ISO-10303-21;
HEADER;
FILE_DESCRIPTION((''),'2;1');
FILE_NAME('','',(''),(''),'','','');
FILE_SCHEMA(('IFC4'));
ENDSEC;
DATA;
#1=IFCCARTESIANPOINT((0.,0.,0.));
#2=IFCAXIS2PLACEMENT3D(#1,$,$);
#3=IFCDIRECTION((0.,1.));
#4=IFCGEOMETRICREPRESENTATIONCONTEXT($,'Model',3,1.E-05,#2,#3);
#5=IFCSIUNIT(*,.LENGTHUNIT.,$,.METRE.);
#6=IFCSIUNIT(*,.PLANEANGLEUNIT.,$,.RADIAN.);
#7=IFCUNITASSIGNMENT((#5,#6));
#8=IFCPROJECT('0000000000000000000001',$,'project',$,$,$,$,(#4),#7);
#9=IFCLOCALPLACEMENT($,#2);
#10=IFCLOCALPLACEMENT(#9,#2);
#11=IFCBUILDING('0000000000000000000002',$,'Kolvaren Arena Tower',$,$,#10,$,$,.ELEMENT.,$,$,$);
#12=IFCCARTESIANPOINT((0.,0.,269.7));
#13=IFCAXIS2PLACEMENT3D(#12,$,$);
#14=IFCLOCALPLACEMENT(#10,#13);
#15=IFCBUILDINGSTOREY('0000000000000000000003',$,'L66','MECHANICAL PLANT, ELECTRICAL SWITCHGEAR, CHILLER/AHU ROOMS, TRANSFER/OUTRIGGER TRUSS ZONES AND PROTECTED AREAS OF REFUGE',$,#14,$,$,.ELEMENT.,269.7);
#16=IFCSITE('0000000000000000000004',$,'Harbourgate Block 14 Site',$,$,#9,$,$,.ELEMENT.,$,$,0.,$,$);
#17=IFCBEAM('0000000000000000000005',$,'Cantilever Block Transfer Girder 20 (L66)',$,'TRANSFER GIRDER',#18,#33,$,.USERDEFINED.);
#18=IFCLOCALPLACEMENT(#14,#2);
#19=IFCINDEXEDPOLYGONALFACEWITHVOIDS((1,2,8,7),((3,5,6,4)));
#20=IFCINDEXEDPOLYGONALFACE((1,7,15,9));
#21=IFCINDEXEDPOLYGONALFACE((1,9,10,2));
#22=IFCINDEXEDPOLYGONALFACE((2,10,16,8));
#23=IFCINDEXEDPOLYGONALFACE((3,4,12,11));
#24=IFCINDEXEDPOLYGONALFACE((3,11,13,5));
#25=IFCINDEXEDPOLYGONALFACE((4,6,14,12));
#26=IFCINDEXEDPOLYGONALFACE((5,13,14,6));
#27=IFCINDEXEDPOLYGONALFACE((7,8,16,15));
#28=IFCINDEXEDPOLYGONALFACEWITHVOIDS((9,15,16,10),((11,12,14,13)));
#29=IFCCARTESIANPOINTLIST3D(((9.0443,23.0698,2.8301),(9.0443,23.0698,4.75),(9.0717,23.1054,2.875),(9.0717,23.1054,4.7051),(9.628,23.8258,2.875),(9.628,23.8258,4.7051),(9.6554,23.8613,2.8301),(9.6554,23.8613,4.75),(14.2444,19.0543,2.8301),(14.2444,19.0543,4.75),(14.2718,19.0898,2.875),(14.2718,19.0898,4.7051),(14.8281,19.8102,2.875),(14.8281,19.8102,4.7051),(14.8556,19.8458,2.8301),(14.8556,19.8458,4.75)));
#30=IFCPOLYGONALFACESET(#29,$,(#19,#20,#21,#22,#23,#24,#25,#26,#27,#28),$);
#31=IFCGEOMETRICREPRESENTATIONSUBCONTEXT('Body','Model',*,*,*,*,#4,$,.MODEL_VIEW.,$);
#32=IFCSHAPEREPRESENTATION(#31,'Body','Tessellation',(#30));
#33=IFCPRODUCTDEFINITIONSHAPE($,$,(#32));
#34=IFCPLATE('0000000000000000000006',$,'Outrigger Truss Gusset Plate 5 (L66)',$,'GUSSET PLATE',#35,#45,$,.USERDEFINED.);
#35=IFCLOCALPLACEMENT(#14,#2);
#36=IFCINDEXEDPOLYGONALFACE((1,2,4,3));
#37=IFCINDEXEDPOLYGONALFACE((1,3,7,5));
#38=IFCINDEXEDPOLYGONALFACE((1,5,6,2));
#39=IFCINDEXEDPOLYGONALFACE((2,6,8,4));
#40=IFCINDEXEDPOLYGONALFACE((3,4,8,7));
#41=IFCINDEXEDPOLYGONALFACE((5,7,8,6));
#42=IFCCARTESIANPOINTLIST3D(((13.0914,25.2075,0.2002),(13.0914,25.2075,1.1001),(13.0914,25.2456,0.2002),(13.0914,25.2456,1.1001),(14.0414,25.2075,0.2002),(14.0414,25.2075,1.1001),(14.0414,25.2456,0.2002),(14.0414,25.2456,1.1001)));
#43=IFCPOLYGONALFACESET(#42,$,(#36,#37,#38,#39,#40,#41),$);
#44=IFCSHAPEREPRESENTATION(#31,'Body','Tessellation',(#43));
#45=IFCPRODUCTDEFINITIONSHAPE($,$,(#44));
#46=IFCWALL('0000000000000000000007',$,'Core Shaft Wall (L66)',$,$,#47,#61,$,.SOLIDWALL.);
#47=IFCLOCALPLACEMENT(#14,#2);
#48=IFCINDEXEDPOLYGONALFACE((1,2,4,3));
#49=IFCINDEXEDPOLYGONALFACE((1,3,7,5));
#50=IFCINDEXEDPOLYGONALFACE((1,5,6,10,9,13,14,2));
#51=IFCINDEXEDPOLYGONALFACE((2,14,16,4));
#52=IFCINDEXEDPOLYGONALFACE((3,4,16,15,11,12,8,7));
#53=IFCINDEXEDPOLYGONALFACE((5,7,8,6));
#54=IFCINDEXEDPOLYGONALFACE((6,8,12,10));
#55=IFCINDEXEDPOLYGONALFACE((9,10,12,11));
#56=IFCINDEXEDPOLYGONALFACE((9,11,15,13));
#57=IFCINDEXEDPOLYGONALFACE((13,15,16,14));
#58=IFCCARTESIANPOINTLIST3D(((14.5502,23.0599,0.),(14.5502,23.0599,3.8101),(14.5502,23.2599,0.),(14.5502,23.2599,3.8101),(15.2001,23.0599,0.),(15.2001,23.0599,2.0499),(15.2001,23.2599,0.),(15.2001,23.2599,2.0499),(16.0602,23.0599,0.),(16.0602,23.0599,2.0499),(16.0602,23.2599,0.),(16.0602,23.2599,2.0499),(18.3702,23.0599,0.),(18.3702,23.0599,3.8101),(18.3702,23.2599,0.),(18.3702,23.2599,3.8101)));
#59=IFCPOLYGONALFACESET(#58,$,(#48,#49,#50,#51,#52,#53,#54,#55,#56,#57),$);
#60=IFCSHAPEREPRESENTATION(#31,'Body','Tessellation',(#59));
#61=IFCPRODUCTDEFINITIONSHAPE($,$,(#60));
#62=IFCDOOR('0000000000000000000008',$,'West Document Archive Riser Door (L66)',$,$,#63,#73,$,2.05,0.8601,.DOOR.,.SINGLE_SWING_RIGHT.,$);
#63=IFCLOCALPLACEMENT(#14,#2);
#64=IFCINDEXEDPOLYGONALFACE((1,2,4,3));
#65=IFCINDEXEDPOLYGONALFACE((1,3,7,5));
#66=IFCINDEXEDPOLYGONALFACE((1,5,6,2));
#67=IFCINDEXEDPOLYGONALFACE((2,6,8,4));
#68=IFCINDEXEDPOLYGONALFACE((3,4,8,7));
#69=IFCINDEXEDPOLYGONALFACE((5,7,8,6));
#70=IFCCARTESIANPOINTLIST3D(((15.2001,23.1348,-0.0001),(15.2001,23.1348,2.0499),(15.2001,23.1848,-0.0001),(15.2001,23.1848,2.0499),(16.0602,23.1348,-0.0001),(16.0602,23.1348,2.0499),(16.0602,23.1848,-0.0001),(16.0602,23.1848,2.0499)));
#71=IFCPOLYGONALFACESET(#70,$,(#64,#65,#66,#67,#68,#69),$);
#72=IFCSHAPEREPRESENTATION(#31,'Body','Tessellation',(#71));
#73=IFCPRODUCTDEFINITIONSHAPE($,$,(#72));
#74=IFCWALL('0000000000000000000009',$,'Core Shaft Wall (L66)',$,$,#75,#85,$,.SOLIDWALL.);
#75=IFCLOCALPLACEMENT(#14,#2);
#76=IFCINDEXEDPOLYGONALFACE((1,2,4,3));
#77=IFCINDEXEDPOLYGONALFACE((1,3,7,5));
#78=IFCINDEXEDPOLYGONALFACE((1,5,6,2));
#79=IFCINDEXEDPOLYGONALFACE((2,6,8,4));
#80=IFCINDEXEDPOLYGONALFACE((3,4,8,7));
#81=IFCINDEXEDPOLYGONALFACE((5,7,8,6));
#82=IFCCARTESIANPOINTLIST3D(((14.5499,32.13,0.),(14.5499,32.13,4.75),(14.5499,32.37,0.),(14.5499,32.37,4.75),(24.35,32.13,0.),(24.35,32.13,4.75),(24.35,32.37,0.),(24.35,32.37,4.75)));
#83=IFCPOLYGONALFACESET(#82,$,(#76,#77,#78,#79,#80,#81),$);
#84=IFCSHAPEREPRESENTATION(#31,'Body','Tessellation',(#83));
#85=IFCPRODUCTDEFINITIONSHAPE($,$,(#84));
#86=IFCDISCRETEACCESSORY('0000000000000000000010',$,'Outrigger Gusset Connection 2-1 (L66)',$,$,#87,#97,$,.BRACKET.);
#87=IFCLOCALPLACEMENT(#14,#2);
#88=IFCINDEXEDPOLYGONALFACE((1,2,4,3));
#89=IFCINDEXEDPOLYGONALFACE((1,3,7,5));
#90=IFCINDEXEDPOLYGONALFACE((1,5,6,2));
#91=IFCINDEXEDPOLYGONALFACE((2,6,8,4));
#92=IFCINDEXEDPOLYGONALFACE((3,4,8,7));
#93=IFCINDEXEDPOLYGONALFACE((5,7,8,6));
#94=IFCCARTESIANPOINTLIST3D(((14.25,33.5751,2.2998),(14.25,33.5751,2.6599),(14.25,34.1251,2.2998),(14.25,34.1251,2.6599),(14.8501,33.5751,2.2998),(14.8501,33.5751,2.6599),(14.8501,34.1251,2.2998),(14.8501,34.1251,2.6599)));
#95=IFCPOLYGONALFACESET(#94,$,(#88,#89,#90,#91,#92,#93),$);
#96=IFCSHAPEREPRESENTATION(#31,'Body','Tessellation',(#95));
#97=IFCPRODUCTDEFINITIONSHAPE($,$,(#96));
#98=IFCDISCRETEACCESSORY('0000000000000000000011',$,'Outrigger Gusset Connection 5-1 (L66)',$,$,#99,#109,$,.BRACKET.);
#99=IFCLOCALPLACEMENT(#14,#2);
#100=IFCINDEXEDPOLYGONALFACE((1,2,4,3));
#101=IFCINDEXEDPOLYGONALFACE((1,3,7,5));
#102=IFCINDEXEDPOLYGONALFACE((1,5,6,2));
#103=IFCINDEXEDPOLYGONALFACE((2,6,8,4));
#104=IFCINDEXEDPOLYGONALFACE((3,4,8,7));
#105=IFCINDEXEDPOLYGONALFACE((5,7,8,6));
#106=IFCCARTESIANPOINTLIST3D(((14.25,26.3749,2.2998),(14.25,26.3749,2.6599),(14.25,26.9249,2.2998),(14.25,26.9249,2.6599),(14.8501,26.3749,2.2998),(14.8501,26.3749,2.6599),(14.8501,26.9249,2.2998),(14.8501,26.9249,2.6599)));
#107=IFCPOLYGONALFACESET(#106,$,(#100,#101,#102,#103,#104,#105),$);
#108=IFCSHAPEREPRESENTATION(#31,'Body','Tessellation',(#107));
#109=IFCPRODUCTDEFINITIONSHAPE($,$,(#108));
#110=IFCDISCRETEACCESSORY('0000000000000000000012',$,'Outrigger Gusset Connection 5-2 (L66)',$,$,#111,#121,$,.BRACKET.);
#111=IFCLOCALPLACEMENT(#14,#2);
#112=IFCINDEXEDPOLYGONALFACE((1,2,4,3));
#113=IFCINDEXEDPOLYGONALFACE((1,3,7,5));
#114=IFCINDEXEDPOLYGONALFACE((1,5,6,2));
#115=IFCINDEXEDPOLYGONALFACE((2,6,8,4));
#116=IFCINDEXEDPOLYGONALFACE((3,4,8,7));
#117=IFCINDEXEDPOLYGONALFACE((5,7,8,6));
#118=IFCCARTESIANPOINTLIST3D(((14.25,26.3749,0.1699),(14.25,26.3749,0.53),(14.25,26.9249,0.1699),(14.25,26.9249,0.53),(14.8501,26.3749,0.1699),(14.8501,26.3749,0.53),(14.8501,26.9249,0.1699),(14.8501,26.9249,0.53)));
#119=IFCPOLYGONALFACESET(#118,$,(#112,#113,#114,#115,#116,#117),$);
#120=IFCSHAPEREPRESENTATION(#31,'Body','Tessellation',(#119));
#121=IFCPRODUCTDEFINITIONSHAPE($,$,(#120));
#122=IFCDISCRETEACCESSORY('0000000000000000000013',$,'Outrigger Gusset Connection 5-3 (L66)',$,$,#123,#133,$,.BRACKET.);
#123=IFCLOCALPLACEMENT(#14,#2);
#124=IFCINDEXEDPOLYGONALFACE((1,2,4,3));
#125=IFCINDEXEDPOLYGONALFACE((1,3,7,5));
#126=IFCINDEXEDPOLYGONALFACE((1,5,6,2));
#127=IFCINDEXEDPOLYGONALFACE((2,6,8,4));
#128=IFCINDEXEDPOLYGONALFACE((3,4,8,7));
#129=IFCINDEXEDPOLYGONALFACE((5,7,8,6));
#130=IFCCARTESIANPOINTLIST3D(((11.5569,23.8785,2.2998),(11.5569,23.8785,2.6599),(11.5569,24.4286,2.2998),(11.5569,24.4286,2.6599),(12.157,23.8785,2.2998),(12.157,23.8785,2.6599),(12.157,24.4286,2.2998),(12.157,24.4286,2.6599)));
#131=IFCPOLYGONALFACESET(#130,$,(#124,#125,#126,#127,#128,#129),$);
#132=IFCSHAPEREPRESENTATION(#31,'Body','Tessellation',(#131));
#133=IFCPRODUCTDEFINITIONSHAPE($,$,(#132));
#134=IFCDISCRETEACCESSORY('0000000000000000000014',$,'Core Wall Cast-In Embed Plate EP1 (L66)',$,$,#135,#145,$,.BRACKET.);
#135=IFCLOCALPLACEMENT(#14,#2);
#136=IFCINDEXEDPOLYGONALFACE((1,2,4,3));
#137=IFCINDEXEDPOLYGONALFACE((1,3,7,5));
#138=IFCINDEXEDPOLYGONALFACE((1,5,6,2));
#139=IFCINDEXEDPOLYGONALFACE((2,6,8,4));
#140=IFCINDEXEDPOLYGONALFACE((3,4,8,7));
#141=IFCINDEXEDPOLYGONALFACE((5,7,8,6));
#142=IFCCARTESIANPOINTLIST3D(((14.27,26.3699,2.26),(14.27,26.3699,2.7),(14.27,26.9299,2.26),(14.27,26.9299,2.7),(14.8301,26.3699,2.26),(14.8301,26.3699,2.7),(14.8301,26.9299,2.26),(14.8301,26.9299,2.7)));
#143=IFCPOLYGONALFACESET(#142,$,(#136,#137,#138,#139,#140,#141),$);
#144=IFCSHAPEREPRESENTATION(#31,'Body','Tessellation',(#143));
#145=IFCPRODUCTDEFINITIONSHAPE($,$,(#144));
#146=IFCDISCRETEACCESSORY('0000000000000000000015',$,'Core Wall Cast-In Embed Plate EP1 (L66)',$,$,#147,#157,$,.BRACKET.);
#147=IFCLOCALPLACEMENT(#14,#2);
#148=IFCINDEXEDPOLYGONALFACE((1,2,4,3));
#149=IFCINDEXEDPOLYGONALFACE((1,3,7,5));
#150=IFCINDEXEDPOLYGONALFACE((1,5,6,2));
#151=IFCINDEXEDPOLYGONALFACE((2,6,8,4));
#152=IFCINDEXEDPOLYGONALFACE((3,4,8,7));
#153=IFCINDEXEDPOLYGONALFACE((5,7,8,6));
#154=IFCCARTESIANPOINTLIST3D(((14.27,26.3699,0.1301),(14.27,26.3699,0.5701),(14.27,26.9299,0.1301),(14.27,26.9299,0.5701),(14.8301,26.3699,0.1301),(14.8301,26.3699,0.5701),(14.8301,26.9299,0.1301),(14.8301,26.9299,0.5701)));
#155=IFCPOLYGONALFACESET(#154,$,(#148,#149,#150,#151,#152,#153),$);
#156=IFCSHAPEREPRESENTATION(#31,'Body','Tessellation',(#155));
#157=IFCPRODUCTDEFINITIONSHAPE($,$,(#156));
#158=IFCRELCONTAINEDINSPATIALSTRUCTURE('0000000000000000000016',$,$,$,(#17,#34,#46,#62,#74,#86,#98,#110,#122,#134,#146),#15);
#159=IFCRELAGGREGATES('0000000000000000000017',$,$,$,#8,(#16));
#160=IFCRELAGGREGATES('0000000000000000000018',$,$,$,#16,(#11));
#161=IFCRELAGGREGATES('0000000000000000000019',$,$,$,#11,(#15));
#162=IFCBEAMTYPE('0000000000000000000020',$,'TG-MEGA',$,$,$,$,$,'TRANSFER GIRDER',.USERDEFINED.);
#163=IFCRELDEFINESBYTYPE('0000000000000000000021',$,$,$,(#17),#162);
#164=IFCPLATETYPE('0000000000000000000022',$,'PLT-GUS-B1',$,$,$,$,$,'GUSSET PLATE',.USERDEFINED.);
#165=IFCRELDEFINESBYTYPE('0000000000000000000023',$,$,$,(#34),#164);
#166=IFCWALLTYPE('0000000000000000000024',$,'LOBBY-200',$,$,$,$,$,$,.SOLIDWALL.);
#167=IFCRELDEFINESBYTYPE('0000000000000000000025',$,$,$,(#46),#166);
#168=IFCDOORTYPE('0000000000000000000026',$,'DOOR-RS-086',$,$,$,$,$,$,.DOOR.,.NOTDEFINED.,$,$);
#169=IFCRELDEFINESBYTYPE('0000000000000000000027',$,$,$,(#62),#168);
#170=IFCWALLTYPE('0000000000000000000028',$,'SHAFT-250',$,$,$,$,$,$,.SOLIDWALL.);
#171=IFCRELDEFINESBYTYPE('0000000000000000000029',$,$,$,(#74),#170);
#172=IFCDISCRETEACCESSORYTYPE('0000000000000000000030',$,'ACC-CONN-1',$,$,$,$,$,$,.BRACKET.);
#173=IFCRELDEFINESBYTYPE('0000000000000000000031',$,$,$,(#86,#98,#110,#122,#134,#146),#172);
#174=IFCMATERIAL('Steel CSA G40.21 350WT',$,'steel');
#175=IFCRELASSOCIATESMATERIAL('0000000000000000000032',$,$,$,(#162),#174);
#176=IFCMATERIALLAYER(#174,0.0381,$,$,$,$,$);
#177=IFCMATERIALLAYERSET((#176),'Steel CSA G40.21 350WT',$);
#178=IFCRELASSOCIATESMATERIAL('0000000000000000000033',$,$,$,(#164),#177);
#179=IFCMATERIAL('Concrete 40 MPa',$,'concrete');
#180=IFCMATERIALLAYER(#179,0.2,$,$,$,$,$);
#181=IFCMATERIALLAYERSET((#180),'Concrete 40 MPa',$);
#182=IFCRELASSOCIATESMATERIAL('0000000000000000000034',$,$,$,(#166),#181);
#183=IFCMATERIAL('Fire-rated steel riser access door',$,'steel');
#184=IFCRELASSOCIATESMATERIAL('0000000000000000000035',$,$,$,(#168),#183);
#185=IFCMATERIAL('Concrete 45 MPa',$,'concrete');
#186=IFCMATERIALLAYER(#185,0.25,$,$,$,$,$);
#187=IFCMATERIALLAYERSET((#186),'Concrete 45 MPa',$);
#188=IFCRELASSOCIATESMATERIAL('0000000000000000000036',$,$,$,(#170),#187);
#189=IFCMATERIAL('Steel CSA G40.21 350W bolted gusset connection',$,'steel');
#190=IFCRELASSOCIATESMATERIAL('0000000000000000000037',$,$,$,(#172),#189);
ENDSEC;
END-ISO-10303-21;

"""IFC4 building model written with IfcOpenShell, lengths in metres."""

from ifc_helpers import new_model, si_unit, direction, frame, frame_2d, origin, origin_2d, place, context, subcontext, project, spatial, rectangle, hollow_rectangle, extrude, material, layer, layer_set, material_profile, profile_set, type_object, element, fill, save


model = new_model("IFC4")

# Units and contexts
model_context = context("Model", 3, precision=1e-05, world=origin(), true_north=direction((0.0, 1.0)))
body_context = subcontext(model_context, "Body", "Model", "MODEL_VIEW")
ifc_project = project(units=[si_unit("LENGTHUNIT", "METRE"), si_unit("PLANEANGLEUNIT", "RADIAN")], contexts=[model_context])

# Site, building, storey
site_placement = place(None, origin())
site = spatial("IfcSite", under=ifc_project, at=site_placement, Name="Harbourgate Block 14 Site", CompositionType="ELEMENT", RefElevation=0.0)
building_placement = place(site_placement, origin())
building = spatial("IfcBuilding", under=site, at=building_placement, Name="Kolvaren Arena Tower", CompositionType="ELEMENT")
storey_placement = place(building_placement, frame((0.0, 0.0, 269.7)))
storey = spatial("IfcBuildingStorey", under=building, at=storey_placement, Name="L66", Description="MECHANICAL PLANT, ELECTRICAL SWITCHGEAR, CHILLER/AHU ROOMS, TRANSFER/OUTRIGGER TRUSS ZONES AND PROTECTED AREAS OF REFUGE", CompositionType="ELEMENT", Elevation=269.7)

# Shared definitions
ifc_material_1 = material(Name="Steel CSA G40.21 350WT", Category="steel")

# Beam
ifc_material_profile_1 = material_profile(ifc_material_1, hollow_rectangle(XDim=1.0, YDim=1.9199, WallThickness=0.0449, at=origin_2d()), Name="BOX 1000x1920x45")
ifc_profile_set_1 = profile_set([ifc_material_profile_1], Name="Steel CSA G40.21 350WT")
beam_type_1 = type_object("IfcBeamType", Name="TG-MEGA", ElementType="TRANSFER GIRDER", PredefinedType="USERDEFINED", material=ifc_profile_set_1)
beam_1_placement = place(storey_placement, frame((9.3499, 23.4656, 3.79), z_axis=(0.791484, -0.611189, 0.0), x_axis=(0.611189, 0.791484, 0.0)))
element("IfcBeam", 1, at=beam_1_placement, inside=storey, type_object=beam_type_1, Name="Cantilever Block Transfer Girder 20 (L66)", ObjectType="TRANSFER GIRDER", PredefinedType="USERDEFINED", context=body_context, shape_type="SweptSolid", body=[
    extrude(hollow_rectangle(XDim=1.0, YDim=1.9199, WallThickness=0.0449, at=origin_2d()), origin(), (0.0, 0.0, 1.0), 6.5701),
])

# Plate
ifc_layer_1 = layer(ifc_material_1, 0.0381)
ifc_layer_set_1 = layer_set([ifc_layer_1], Name="Steel CSA G40.21 350WT")
plate_type = type_object("IfcPlateType", Name="PLT-GUS-B1", ElementType="GUSSET PLATE", PredefinedType="USERDEFINED", material=ifc_layer_set_1)
plate_placement = place(storey_placement, frame((13.5664, 25.2266, 0.2002), z_axis=(0.0, 0.0, 1.0), x_axis=(1.0, 0.0, 0.0)))
element("IfcPlate", 2, at=plate_placement, inside=storey, type_object=plate_type, Name="Outrigger Truss Gusset Plate 5 (L66)", ObjectType="GUSSET PLATE", PredefinedType="USERDEFINED", context=body_context, shape_type="SweptSolid", body=[
    extrude(rectangle(XDim=0.95, YDim=0.0381, at=origin_2d()), origin(), (0.0, 0.0, 1.0), 0.8999),
])

# Wall, opening, door
ifc_material_2 = material(Name="Concrete 40 MPa", Category="concrete")
ifc_layer_2 = layer(ifc_material_2, 0.2)
ifc_layer_set_2 = layer_set([ifc_layer_2], Name="Concrete 40 MPa")
wall_type_1 = type_object("IfcWallType", Name="LOBBY-200", PredefinedType="SOLIDWALL", material=ifc_layer_set_2)
wall_1_placement = place(storey_placement, frame((14.55, 23.1599, 0.0), z_axis=(0.0, 0.0, 1.0), x_axis=(1.0, 0.0, 0.0)))
wall_1 = element("IfcWall", 3, at=wall_1_placement, inside=storey, type_object=wall_type_1, Name="Core Shaft Wall (L66)", PredefinedType="SOLIDWALL", context=body_context, shape_type="SweptSolid", body=[
    extrude(rectangle(XDim=3.8201, YDim=0.2, at=frame_2d((1.9102, 0.0))), origin(), (0.0, 0.0, 1.0), 3.8101),
])
opening_placement = place(wall_1_placement, frame((0.6499, 0.0, 0.0)))
opening = element("IfcOpeningElement", 4, at=opening_placement, cuts=wall_1, PredefinedType="OPENING", context=body_context, shape_type="SweptSolid", body=[
    extrude(rectangle(XDim=0.8601, YDim=2.05, at=frame_2d((0.4302, 1.0249))), frame((0.0, 0.1099, 0.0), z_axis=(0.0, -1.0, 0.0), x_axis=(1.0, 0.0, 0.0)), (0.0, 0.0, 1.0), 0.22),
])
ifc_material_3 = material(Name="Fire-rated steel riser access door", Category="steel")
door_type = type_object("IfcDoorType", Name="DOOR-RS-086", OperationType="NOTDEFINED", PredefinedType="DOOR", material=ifc_material_3)
door_placement = place(opening_placement, origin())
door = element("IfcDoor", 5, at=door_placement, inside=storey, type_object=door_type, Name="West Document Archive Riser Door (L66)", OperationType="SINGLE_SWING_RIGHT", OverallHeight=2.05, OverallWidth=0.8601, PredefinedType="DOOR", context=body_context, shape_type="SweptSolid", body=[
    extrude(rectangle(XDim=0.8601, YDim=2.05, at=frame_2d((0.4302, 1.0249))), frame((0.0, 0.0249, 0.0), z_axis=(0.0, -1.0, 0.0), x_axis=(1.0, 0.0, 0.0)), (0.0, 0.0, 1.0), 0.05),
])
fill(opening, door)

# Wall
ifc_material_4 = material(Name="Concrete 45 MPa", Category="concrete")
ifc_layer_3 = layer(ifc_material_4, 0.25)
ifc_layer_set_3 = layer_set([ifc_layer_3], Name="Concrete 45 MPa")
wall_type_2 = type_object("IfcWallType", Name="SHAFT-250", PredefinedType="SOLIDWALL", material=ifc_layer_set_3)
wall_2_placement = place(storey_placement, frame((14.55, 32.25, 0.0), z_axis=(0.0, 0.0, 1.0), x_axis=(1.0, 0.0, 0.0)))
element("IfcWall", 6, at=wall_2_placement, inside=storey, type_object=wall_type_2, Name="Core Shaft Wall (L66)", PredefinedType="SOLIDWALL", context=body_context, shape_type="SweptSolid", body=[
    extrude(rectangle(XDim=9.8, YDim=0.24, at=frame_2d((4.8999, 0.0))), origin(), (0.0, 0.0, 1.0), 4.75),
])

# Discrete accessories
ifc_material_5 = material(Name="Steel CSA G40.21 350W bolted gusset connection", Category="steel")
discrete_accessory_type = type_object("IfcDiscreteAccessoryType", Name="ACC-CONN-1", PredefinedType="BRACKET", material=ifc_material_5)
for number, where, z_axis, x_axis, name in (
    (7, (14.55, 33.8501, 2.2998), (0.0, 0.0, 1.0), (1.0, 0.0, 0.0), "Outrigger Gusset Connection 2-1 (L66)"),
    (8, (14.55, 26.6499, 2.2998), (0.0, 0.0, 1.0), (1.0, 0.0, 0.0), "Outrigger Gusset Connection 5-1 (L66)"),
    (9, (14.55, 26.6499, 0.1699), (0.0, 0.0, 1.0), (1.0, 0.0, 0.0), "Outrigger Gusset Connection 5-2 (L66)"),
    (10, (11.8569, 24.1536, 2.2998), (0.0, 0.0, 1.0), (1.0, 0.0, 0.0), "Outrigger Gusset Connection 5-3 (L66)"),
):
    element("IfcDiscreteAccessory", number, at=place(storey_placement, frame(where, z_axis=z_axis, x_axis=x_axis)), inside=storey, type_object=discrete_accessory_type, Name=name, PredefinedType="BRACKET", context=body_context, shape_type="SweptSolid", body=[
        extrude(rectangle(XDim=0.6001, YDim=0.55, at=origin_2d()), origin(), (0.0, 0.0, 1.0), 0.3601),
    ])
for number, where, z_axis, x_axis, name in (
    (11, (14.55, 26.6499, 2.26), (0.0, 0.0, 1.0), (1.0, 0.0, 0.0), "Core Wall Cast-In Embed Plate EP1 (L66)"),
    (12, (14.55, 26.6499, 0.1301), (0.0, 0.0, 1.0), (1.0, 0.0, 0.0), "Core Wall Cast-In Embed Plate EP1 (L66)"),
):
    element("IfcDiscreteAccessory", number, at=place(storey_placement, frame(where, z_axis=z_axis, x_axis=x_axis)), inside=storey, type_object=discrete_accessory_type, Name=name, PredefinedType="BRACKET", context=body_context, shape_type="SweptSolid", body=[
        extrude(rectangle(XDim=0.5601, YDim=0.5601, at=origin_2d()), origin(), (0.0, 0.0, 1.0), 0.4399),
    ])

save(model, "model.ifc")
